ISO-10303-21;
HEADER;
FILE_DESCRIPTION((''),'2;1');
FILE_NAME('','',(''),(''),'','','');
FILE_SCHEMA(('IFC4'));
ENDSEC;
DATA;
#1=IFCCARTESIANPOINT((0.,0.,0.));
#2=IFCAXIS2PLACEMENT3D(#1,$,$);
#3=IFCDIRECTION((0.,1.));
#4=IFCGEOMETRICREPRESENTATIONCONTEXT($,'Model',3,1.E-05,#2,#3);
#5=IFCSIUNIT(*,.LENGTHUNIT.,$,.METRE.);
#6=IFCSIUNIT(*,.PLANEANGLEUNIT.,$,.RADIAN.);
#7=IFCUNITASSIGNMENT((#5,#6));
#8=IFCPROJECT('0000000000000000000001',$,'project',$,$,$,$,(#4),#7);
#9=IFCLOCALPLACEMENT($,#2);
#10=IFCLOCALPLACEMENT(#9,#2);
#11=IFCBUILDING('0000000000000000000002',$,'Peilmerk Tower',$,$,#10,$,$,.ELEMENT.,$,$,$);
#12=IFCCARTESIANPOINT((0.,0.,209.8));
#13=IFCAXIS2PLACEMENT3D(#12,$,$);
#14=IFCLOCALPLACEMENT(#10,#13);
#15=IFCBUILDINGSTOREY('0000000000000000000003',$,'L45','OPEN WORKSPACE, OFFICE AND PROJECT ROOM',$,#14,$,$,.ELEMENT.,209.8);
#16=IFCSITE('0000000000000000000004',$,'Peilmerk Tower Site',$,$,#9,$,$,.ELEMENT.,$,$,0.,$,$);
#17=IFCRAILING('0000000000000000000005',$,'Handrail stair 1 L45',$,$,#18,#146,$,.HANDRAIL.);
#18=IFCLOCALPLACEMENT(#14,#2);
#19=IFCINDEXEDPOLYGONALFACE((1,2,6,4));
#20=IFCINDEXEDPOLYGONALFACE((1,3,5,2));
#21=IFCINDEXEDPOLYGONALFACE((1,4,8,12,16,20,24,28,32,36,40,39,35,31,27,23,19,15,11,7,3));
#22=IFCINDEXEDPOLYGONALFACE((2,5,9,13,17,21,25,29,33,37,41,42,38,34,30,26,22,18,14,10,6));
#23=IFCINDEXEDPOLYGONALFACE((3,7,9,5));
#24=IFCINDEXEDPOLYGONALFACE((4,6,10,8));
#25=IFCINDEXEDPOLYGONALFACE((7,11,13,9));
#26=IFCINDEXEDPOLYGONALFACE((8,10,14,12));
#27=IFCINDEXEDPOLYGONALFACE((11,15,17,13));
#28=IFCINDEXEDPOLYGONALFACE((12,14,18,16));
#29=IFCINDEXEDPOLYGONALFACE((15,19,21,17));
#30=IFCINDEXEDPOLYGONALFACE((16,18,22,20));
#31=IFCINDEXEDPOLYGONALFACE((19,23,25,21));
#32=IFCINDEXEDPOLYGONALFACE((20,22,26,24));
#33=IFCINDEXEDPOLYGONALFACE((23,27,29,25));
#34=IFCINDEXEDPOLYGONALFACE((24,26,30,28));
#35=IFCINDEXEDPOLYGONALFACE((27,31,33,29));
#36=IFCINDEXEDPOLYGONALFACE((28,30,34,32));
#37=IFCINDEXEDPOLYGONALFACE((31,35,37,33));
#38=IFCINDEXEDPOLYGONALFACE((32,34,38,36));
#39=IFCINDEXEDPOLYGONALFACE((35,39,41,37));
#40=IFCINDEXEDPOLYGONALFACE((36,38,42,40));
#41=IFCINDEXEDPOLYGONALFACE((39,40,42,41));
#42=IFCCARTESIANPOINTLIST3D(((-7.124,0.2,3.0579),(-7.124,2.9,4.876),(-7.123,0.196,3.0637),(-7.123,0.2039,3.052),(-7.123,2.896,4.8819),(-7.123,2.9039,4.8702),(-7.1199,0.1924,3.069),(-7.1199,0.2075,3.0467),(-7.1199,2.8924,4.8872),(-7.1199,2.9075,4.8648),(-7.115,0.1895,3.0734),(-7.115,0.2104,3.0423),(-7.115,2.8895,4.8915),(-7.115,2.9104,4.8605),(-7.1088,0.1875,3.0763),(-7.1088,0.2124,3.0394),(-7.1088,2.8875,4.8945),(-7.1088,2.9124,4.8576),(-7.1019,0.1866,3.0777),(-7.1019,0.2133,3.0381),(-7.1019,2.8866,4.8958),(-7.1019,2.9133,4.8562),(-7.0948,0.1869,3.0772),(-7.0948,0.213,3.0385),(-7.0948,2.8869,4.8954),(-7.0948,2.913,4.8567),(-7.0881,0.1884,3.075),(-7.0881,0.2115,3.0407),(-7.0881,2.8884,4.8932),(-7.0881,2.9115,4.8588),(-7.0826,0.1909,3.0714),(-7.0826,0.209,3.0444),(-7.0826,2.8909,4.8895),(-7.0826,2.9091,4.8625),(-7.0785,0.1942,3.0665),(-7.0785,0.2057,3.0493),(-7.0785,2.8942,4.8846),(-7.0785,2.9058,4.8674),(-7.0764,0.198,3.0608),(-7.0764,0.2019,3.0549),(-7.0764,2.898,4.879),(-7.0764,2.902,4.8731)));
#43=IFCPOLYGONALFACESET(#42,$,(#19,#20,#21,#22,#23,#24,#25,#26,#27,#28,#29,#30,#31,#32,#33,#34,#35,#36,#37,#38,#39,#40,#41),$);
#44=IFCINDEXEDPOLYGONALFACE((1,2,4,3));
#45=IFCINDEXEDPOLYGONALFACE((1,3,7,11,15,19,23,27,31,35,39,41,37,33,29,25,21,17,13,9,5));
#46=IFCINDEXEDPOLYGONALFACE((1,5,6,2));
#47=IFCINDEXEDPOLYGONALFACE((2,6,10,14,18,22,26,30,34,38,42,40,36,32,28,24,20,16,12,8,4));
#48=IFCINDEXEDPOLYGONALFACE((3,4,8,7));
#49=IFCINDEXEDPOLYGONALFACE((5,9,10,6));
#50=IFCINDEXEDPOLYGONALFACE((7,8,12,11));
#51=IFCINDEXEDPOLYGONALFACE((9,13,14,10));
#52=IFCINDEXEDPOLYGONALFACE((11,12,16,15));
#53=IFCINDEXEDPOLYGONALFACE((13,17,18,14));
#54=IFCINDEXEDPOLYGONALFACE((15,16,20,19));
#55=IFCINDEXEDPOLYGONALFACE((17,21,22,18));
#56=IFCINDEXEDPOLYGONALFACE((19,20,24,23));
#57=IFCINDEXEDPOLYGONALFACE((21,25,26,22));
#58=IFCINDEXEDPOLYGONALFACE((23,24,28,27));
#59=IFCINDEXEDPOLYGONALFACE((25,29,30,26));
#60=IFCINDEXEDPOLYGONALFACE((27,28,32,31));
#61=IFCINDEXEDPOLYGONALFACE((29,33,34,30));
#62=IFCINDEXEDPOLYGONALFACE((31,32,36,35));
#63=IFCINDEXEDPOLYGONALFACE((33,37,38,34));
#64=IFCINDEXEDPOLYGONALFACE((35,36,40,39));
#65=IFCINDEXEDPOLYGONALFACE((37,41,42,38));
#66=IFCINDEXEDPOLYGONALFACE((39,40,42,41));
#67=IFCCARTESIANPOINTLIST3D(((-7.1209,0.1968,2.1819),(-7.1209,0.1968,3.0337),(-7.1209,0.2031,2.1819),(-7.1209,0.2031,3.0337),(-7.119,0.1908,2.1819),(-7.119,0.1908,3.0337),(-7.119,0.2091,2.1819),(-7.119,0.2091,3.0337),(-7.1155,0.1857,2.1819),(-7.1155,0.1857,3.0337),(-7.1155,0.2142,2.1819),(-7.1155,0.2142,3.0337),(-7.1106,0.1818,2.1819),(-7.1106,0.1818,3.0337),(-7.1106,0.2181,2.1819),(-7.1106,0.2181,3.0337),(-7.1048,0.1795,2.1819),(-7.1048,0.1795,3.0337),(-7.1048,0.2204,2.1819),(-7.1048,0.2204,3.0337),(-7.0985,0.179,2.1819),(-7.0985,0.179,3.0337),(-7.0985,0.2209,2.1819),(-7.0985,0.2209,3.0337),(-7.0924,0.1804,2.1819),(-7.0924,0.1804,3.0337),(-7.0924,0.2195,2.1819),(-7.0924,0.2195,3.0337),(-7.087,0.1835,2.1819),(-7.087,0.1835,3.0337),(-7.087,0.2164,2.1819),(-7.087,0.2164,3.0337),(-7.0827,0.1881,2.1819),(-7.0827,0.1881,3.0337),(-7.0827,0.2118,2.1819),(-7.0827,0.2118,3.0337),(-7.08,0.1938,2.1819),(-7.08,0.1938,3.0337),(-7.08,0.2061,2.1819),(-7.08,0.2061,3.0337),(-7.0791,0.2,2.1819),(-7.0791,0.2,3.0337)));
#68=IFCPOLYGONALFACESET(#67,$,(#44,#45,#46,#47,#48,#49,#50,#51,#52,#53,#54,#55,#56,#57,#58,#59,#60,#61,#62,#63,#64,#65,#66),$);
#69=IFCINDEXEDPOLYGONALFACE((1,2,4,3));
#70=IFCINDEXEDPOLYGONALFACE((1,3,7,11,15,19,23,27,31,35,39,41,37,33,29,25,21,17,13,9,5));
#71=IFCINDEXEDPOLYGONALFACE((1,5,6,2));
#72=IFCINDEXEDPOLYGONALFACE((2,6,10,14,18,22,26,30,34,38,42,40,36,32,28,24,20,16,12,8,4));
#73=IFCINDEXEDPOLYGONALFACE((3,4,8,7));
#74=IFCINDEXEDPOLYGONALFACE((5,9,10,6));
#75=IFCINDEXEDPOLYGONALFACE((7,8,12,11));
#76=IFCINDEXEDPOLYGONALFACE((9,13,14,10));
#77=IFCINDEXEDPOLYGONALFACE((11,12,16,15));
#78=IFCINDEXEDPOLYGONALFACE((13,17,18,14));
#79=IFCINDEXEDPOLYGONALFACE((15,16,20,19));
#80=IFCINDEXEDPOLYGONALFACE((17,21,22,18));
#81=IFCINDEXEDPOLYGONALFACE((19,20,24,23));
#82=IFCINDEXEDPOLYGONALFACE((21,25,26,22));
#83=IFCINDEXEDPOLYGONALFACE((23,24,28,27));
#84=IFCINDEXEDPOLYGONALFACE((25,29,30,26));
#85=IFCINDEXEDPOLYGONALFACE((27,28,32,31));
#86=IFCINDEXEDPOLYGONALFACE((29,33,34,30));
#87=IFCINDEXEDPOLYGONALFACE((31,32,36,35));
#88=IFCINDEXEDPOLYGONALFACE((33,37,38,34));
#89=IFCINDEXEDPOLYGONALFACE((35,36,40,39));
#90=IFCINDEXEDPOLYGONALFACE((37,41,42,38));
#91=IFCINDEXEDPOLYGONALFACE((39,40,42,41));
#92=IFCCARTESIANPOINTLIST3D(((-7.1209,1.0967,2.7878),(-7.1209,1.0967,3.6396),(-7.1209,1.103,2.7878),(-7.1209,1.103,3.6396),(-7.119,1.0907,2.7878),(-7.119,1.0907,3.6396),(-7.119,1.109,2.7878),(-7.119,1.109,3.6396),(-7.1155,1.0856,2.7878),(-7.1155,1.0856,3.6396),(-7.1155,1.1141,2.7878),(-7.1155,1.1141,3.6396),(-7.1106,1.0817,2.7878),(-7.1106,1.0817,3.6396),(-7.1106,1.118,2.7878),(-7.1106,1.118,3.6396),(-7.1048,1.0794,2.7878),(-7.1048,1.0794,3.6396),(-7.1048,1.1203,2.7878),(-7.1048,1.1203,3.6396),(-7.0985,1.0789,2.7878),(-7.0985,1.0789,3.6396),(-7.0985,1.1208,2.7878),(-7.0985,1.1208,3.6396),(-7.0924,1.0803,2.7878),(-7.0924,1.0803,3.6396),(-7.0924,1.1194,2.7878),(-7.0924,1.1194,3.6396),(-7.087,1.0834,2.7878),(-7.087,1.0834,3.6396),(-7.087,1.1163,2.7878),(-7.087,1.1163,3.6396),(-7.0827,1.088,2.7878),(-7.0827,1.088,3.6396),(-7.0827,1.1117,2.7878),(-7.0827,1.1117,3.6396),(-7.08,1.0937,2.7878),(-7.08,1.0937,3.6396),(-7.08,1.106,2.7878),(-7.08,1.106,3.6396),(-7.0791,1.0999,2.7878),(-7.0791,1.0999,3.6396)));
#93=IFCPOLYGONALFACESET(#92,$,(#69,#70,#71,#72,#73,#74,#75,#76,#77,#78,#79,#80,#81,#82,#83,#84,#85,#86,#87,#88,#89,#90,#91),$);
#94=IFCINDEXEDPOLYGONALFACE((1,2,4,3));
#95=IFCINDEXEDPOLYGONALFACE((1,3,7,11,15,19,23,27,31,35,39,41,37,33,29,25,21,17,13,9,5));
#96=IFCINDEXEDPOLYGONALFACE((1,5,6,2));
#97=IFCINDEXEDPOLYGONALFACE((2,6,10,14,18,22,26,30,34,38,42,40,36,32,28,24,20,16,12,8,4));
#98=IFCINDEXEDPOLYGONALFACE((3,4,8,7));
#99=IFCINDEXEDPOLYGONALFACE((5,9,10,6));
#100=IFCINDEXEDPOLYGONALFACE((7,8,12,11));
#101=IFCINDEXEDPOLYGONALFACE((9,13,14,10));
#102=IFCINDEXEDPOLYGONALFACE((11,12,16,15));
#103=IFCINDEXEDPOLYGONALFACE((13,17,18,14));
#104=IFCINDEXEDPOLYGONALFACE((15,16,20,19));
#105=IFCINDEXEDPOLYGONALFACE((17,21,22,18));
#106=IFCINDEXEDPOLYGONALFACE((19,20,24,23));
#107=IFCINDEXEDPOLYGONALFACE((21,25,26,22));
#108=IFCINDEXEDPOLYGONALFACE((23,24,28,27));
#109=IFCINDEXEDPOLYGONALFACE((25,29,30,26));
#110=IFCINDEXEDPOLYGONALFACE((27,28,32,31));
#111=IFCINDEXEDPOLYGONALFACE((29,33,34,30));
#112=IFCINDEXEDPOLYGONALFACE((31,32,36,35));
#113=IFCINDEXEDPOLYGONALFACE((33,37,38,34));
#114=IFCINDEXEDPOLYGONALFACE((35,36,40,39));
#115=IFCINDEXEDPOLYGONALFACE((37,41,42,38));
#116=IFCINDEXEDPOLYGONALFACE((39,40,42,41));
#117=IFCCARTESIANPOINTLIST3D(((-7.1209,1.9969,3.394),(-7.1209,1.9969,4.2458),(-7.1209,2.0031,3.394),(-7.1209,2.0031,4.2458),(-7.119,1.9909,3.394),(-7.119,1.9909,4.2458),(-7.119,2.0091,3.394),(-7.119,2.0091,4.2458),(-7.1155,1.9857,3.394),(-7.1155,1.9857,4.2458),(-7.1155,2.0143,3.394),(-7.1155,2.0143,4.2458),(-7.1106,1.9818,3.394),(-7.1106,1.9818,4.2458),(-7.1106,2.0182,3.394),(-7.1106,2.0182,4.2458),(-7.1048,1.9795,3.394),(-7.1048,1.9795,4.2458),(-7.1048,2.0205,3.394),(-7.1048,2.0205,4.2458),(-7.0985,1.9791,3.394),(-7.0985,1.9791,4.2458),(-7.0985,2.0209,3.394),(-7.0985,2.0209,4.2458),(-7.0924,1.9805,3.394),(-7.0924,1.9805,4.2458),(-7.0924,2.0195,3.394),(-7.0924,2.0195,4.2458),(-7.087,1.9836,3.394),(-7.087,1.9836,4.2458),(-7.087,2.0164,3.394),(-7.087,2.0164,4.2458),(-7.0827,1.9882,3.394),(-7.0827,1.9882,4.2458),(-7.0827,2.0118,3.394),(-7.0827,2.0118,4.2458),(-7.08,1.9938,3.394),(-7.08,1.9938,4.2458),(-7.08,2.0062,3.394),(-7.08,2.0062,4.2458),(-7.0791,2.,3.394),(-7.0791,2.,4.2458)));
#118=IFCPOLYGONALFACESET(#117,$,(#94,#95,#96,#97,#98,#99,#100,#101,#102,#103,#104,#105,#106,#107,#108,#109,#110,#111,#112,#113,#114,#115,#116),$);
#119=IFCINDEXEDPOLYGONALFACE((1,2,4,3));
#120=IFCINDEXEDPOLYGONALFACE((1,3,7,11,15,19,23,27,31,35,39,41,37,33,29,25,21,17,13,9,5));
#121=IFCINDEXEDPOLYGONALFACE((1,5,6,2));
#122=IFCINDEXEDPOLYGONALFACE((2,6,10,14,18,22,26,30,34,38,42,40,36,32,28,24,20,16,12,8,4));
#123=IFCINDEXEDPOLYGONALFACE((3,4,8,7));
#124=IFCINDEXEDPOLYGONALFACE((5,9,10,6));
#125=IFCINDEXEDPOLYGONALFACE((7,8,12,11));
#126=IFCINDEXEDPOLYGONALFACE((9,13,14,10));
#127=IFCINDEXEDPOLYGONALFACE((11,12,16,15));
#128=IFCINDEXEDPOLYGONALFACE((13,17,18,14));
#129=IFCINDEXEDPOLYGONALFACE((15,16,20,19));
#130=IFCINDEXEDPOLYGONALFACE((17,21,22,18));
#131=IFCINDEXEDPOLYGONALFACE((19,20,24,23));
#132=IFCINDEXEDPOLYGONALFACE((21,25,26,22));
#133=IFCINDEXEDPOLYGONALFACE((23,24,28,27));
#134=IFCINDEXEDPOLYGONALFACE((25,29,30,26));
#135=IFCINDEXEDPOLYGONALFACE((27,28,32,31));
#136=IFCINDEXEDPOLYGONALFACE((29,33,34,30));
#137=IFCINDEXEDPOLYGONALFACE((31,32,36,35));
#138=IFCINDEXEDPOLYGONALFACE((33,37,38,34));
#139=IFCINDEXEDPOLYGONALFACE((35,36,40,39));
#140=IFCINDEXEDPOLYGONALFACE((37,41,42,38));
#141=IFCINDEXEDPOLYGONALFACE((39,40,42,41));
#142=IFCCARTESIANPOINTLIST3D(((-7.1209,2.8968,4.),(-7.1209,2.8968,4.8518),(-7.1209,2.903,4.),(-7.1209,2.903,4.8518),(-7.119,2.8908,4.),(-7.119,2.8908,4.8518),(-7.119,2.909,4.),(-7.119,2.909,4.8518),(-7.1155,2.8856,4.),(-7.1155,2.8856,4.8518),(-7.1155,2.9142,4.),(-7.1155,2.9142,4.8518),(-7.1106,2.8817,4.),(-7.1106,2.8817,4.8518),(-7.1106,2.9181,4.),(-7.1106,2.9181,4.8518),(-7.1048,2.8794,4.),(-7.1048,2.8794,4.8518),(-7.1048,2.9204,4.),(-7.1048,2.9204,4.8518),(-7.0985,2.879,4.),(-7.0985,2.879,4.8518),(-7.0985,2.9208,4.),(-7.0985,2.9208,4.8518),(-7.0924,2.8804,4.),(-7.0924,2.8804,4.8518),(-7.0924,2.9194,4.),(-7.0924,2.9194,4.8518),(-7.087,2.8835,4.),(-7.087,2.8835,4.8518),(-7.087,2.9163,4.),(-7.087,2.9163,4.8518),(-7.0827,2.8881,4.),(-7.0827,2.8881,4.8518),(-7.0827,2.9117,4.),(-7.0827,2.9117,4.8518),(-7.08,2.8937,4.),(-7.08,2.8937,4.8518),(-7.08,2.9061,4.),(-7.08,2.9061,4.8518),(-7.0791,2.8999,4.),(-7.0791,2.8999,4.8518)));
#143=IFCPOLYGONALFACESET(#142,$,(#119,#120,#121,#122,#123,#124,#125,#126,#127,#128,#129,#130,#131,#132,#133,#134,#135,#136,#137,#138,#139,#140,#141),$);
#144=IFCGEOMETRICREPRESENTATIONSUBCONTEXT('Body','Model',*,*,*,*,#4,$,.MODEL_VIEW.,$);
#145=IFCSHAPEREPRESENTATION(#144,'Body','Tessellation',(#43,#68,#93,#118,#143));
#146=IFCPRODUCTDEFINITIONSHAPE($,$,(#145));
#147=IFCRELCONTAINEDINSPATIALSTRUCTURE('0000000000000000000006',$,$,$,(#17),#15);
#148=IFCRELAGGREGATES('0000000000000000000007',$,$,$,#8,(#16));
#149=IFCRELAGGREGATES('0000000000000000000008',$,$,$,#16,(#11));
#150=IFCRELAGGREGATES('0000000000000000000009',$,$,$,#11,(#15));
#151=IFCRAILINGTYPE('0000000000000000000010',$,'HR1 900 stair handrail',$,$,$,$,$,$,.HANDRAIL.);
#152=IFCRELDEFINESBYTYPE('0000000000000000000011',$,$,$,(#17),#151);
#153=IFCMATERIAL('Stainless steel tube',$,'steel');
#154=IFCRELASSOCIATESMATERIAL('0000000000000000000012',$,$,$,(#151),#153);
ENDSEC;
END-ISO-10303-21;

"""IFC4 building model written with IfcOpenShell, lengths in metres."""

from ifc_helpers import new_model, si_unit, direction, frame, origin, origin_2d, place, context, subcontext, project, spatial, circle, extrude, material, type_object, element, save


model = new_model("IFC4")

# Units and contexts
model_context = context("Model", 3, precision=1e-05, world=origin(), true_north=direction((0.0, 1.0)))
body_context = subcontext(model_context, "Body", "Model", "MODEL_VIEW")
ifc_project = project(units=[si_unit("LENGTHUNIT", "METRE"), si_unit("PLANEANGLEUNIT", "RADIAN")], contexts=[model_context])

# Site, building, storey
site_placement = place(None, origin())
site = spatial("IfcSite", under=ifc_project, at=site_placement, Name="Peilmerk Tower Site", CompositionType="ELEMENT", RefElevation=0.0)
building_placement = place(site_placement, origin())
building = spatial("IfcBuilding", under=site, at=building_placement, Name="Peilmerk Tower", CompositionType="ELEMENT")
storey_placement = place(building_placement, frame((0.0, 0.0, 209.8)))
storey = spatial("IfcBuildingStorey", under=building, at=storey_placement, Name="L45", Description="OPEN WORKSPACE, OFFICE AND PROJECT ROOM", CompositionType="ELEMENT", Elevation=209.8)

# Railing
ifc_material_1 = material(Name="Stainless steel tube", Category="steel")
railing_type_1 = type_object("IfcRailingType", Name="HR1 900 stair handrail", PredefinedType="HANDRAIL", material=ifc_material_1)
railing_1_placement = place(storey_placement, frame((-7.1001, 0.2, 2.1819)))
element("IfcRailing", 1, at=railing_1_placement, inside=storey, type_object=railing_type_1, Name="Handrail stair 1 L45", PredefinedType="HANDRAIL", context=body_context, shape_type="SweptSolid", body=[
    extrude(circle(Radius=0.0239, at=origin_2d()), frame((0.0, 0.0, 0.876), z_axis=(0.0, 0.829468, 0.558554), x_axis=(-1.0, 0.0, 0.0)), (0.0, 0.0, 1.0), 3.2551),
    extrude(circle(Radius=0.021, at=origin_2d()), origin(), (0.0, 0.0, 1.0), 0.8518),
    extrude(circle(Radius=0.021, at=origin_2d()), frame((0.0, 0.8999, 0.606)), (0.0, 0.0, 1.0), 0.8518),
    extrude(circle(Radius=0.021, at=origin_2d()), frame((0.0, 1.8, 1.2122)), (0.0, 0.0, 1.0), 0.8518),
    extrude(circle(Radius=0.021, at=origin_2d()), frame((0.0, 2.7, 1.8181)), (0.0, 0.0, 1.0), 0.8518),
])

save(model, "model.ifc")
